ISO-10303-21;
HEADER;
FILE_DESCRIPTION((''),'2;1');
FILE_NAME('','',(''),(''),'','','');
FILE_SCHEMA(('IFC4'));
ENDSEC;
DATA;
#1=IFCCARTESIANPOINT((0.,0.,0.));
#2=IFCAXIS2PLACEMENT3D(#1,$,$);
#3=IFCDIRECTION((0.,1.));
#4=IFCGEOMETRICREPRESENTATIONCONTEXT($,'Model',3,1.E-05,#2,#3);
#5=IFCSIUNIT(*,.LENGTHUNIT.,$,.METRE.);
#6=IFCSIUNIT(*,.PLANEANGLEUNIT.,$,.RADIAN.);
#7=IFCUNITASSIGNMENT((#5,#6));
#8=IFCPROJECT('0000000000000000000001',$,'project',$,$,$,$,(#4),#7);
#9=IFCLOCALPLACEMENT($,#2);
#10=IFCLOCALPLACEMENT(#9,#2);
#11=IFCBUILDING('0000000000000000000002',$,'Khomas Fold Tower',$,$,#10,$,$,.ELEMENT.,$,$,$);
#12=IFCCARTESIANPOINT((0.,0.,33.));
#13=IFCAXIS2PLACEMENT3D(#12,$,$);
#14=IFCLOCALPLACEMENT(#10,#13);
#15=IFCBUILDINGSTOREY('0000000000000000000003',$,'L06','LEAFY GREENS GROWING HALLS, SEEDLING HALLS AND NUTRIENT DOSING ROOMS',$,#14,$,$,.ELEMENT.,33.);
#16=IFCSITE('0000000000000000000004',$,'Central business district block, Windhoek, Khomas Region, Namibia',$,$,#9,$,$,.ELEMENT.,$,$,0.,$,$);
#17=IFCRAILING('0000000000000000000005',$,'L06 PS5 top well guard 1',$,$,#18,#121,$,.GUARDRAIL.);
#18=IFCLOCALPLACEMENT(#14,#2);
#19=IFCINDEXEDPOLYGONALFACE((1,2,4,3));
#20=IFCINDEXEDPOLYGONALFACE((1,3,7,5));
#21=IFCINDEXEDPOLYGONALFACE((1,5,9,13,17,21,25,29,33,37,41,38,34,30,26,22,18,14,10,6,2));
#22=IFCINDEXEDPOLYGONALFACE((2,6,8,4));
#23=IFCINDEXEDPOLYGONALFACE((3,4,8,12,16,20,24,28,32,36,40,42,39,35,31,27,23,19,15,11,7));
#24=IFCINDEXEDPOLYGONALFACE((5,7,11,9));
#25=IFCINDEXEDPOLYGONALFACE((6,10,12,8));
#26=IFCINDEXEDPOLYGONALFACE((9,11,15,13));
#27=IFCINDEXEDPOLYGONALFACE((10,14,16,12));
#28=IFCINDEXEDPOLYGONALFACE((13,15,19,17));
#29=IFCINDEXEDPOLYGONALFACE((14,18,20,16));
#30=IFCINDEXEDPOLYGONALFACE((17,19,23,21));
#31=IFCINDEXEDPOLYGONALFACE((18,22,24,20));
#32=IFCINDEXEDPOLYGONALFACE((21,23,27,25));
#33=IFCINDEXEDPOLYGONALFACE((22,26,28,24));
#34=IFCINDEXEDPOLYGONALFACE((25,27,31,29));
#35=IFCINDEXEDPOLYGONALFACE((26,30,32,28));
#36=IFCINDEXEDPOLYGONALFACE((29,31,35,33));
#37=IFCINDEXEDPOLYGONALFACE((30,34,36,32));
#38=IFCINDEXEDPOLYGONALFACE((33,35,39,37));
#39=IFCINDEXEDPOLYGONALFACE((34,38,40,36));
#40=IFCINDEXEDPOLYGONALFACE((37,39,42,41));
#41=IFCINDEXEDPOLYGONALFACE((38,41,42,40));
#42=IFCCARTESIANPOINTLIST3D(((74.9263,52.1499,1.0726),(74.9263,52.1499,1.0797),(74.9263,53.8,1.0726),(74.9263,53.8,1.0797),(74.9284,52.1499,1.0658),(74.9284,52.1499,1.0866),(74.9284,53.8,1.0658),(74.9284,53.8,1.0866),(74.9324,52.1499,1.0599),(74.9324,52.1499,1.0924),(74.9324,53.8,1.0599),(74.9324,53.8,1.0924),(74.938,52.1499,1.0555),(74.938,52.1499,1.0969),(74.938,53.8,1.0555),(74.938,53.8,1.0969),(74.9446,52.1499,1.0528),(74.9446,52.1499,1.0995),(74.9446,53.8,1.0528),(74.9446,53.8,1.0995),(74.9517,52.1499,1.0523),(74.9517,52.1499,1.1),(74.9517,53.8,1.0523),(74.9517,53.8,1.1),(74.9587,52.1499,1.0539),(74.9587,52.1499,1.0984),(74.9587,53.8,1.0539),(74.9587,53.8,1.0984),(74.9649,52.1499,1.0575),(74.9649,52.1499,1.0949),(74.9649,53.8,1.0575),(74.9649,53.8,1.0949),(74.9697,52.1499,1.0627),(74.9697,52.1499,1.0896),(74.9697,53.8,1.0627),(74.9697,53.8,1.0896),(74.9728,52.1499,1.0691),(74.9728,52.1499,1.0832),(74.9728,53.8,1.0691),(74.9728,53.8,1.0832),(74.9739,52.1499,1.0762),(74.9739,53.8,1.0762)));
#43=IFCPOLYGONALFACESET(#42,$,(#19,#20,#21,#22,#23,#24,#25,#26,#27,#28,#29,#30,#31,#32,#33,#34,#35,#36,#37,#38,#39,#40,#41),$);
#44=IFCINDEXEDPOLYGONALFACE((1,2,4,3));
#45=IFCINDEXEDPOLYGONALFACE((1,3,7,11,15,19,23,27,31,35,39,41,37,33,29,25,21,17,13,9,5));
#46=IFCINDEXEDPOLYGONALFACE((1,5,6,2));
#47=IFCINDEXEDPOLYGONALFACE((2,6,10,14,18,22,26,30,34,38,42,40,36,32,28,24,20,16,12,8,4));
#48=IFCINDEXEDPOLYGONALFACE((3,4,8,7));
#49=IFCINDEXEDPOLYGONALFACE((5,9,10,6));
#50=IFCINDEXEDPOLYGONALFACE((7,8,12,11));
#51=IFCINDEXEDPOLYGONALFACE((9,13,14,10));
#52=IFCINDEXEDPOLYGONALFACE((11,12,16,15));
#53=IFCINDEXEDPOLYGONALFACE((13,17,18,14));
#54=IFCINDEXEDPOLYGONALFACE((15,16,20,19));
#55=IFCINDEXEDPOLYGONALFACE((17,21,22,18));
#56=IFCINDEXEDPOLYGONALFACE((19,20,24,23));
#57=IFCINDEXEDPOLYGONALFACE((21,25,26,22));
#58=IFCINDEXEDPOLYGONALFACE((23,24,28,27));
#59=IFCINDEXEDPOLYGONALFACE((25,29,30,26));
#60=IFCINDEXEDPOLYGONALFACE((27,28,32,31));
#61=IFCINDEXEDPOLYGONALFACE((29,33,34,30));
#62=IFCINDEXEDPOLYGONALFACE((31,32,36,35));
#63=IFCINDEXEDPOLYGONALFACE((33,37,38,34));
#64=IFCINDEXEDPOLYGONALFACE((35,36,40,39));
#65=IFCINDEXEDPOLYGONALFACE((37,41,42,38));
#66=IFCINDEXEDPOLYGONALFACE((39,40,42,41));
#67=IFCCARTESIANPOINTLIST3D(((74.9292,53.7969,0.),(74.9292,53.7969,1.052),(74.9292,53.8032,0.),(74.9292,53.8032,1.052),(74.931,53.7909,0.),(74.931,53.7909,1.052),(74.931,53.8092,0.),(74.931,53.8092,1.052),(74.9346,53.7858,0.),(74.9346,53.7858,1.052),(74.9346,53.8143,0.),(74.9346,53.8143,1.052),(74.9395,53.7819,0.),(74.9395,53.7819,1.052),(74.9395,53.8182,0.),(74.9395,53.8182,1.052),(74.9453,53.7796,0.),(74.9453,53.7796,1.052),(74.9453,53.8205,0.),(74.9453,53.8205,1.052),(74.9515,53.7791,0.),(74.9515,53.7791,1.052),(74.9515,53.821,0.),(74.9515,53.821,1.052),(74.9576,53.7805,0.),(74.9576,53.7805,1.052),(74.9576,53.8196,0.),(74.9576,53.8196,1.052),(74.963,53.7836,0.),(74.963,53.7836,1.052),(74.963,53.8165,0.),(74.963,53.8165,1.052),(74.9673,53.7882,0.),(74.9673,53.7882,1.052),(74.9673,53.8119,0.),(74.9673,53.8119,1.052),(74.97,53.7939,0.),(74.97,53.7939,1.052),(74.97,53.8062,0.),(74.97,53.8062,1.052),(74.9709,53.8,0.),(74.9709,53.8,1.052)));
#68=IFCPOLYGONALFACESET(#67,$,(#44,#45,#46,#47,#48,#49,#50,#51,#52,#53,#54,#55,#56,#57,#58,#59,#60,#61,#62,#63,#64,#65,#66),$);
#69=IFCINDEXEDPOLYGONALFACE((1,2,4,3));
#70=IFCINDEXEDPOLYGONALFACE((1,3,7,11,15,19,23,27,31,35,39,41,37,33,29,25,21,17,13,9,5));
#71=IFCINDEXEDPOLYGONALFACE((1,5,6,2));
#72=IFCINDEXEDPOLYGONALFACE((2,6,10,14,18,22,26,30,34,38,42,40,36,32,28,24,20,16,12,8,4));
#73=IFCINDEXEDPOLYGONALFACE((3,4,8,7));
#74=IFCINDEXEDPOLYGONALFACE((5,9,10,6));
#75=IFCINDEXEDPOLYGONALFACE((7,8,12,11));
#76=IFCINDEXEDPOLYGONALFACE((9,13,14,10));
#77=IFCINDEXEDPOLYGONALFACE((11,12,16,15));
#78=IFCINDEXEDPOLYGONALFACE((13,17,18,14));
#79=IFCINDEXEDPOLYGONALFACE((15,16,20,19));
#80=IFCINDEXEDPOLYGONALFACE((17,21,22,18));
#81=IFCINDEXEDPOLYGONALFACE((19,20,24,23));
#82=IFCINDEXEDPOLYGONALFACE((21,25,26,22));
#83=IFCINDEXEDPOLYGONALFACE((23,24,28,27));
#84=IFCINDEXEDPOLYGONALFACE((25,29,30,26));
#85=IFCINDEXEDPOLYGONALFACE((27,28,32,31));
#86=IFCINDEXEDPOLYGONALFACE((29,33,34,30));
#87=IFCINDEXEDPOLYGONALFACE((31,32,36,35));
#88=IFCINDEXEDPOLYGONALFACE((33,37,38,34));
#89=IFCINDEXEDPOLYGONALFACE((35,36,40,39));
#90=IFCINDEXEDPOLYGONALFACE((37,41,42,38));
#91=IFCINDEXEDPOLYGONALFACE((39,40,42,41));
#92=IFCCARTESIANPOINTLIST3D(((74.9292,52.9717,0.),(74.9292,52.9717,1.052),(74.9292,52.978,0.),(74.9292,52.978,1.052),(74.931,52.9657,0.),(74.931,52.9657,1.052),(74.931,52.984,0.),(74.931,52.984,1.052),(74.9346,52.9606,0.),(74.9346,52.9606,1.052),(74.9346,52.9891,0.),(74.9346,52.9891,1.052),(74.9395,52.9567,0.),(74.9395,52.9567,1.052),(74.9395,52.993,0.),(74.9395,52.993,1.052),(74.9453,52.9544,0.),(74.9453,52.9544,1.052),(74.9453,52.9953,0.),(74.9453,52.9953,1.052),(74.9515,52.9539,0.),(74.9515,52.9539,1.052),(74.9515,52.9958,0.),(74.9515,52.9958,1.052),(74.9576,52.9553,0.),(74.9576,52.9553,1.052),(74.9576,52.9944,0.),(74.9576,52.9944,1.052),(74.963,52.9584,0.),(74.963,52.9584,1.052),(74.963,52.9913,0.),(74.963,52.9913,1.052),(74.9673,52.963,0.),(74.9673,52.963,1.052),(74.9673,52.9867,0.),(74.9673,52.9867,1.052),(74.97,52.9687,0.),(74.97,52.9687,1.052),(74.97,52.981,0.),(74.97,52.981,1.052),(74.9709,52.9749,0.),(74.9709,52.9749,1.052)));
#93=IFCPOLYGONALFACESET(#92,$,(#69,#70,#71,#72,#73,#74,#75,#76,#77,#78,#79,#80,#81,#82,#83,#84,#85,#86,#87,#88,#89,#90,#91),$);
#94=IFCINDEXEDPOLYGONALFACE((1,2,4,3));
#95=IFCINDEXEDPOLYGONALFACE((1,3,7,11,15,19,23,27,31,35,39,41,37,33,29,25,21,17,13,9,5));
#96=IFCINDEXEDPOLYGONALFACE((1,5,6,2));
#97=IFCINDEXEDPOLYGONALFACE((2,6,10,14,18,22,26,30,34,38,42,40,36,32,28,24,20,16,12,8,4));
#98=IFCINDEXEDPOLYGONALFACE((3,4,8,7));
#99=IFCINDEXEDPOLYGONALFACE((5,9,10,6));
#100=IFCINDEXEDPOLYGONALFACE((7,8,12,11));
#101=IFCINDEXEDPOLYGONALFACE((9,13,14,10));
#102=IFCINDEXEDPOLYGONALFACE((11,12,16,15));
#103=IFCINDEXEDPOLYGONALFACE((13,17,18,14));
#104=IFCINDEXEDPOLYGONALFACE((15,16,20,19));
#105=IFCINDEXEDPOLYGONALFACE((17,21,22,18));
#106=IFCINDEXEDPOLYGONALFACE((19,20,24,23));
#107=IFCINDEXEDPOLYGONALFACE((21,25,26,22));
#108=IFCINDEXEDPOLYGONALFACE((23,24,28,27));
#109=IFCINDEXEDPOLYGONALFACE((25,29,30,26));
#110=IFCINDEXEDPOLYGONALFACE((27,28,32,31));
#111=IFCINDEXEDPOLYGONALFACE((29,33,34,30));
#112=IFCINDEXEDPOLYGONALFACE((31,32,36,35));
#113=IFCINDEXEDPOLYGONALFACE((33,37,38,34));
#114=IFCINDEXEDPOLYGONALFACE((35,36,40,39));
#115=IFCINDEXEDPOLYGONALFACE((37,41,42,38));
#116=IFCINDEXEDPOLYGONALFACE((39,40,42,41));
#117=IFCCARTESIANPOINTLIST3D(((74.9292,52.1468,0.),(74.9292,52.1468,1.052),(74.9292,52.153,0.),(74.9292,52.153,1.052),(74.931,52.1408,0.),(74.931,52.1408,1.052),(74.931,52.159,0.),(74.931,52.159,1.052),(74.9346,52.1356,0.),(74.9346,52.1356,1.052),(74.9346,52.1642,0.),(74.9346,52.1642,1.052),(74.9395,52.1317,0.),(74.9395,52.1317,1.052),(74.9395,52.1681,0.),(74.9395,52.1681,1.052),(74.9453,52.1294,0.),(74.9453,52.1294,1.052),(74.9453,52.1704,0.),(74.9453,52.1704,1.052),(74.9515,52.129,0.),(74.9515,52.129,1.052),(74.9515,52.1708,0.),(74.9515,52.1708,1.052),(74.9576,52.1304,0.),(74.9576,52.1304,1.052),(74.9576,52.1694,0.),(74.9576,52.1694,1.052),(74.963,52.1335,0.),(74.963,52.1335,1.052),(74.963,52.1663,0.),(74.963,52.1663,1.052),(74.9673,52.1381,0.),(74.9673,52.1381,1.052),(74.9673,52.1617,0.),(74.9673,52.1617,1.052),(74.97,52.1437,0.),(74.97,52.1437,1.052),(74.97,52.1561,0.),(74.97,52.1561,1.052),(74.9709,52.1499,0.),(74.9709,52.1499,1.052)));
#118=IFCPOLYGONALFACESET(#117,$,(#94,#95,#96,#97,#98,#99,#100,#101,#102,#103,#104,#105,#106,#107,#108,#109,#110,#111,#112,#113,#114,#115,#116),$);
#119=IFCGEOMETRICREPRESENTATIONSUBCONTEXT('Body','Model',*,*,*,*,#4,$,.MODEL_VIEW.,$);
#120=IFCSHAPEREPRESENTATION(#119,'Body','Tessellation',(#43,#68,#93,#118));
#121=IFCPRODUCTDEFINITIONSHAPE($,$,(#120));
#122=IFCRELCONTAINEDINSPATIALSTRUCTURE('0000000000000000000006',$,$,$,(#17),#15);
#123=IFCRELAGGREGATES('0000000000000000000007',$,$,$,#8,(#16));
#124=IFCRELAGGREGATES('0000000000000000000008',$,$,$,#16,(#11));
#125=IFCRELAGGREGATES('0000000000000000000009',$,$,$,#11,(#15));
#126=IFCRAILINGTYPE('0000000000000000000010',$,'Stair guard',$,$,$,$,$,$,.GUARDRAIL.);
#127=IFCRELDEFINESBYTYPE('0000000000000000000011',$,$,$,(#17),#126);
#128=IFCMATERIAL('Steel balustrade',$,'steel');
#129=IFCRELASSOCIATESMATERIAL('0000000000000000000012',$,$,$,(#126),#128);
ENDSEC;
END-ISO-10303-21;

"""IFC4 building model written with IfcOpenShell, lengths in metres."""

from ifc_helpers import new_model, si_unit, direction, frame, origin, origin_2d, place, context, subcontext, project, spatial, circle, extrude, source, transform, mapped, material, type_object, element, save


model = new_model("IFC4")

# Units and contexts
model_context = context("Model", 3, precision=1e-05, world=origin(), true_north=direction((0.0, 1.0)))
body_context = subcontext(model_context, "Body", "Model", "MODEL_VIEW")
ifc_project = project(units=[si_unit("LENGTHUNIT", "METRE"), si_unit("PLANEANGLEUNIT", "RADIAN")], contexts=[model_context])

# Site, building, storey
site_placement = place(None, origin())
site = spatial("IfcSite", under=ifc_project, at=site_placement, Name="Central business district block, Windhoek, Khomas Region, Namibia", CompositionType="ELEMENT", RefElevation=0.0)
building_placement = place(site_placement, origin())
building = spatial("IfcBuilding", under=site, at=building_placement, Name="Khomas Fold Tower", CompositionType="ELEMENT")
storey_placement = place(building_placement, frame((0.0, 0.0, 33.0)))
storey = spatial("IfcBuildingStorey", under=building, at=storey_placement, Name="L06", Description="LEAFY GREENS GROWING HALLS, SEEDLING HALLS AND NUTRIENT DOSING ROOMS", CompositionType="ELEMENT", Elevation=33.0)

# Railing
ifc_material_1 = material(Name="Steel balustrade", Category="steel")
railing_type_1 = type_object("IfcRailingType", Name="Stair guard", PredefinedType="GUARDRAIL", material=ifc_material_1)
shared_shape_1 = source(origin(), body_context, "Body", "SweptSolid", [
    extrude(circle(Radius=0.0239, at=origin_2d()), frame((0.0, 0.0, 1.0762), z_axis=(0.0, -1.0, 0.0), x_axis=(1.0, 0.0, 0.0)), (0.0, 0.0, 1.0), 1.6501),
    extrude(circle(Radius=0.021, at=origin_2d()), origin(), (0.0, 0.0, 1.0), 1.052),
    extrude(circle(Radius=0.021, at=origin_2d()), frame((0.0, -0.8252, 0.0)), (0.0, 0.0, 1.0), 1.052),
    extrude(circle(Radius=0.021, at=origin_2d()), frame((0.0, -1.6501, 0.0)), (0.0, 0.0, 1.0), 1.052),
])
railing_1_placement = place(storey_placement, frame((74.95, 53.8, 0.0)))
element("IfcRailing", 1, at=railing_1_placement, inside=storey, type_object=railing_type_1, Name="L06 PS5 top well guard 1", PredefinedType="GUARDRAIL", context=body_context, shape_type="MappedRepresentation", body=[
    mapped(shared_shape_1, transform((0.0, 0.0, 0.0))),
])

save(model, "model.ifc")
